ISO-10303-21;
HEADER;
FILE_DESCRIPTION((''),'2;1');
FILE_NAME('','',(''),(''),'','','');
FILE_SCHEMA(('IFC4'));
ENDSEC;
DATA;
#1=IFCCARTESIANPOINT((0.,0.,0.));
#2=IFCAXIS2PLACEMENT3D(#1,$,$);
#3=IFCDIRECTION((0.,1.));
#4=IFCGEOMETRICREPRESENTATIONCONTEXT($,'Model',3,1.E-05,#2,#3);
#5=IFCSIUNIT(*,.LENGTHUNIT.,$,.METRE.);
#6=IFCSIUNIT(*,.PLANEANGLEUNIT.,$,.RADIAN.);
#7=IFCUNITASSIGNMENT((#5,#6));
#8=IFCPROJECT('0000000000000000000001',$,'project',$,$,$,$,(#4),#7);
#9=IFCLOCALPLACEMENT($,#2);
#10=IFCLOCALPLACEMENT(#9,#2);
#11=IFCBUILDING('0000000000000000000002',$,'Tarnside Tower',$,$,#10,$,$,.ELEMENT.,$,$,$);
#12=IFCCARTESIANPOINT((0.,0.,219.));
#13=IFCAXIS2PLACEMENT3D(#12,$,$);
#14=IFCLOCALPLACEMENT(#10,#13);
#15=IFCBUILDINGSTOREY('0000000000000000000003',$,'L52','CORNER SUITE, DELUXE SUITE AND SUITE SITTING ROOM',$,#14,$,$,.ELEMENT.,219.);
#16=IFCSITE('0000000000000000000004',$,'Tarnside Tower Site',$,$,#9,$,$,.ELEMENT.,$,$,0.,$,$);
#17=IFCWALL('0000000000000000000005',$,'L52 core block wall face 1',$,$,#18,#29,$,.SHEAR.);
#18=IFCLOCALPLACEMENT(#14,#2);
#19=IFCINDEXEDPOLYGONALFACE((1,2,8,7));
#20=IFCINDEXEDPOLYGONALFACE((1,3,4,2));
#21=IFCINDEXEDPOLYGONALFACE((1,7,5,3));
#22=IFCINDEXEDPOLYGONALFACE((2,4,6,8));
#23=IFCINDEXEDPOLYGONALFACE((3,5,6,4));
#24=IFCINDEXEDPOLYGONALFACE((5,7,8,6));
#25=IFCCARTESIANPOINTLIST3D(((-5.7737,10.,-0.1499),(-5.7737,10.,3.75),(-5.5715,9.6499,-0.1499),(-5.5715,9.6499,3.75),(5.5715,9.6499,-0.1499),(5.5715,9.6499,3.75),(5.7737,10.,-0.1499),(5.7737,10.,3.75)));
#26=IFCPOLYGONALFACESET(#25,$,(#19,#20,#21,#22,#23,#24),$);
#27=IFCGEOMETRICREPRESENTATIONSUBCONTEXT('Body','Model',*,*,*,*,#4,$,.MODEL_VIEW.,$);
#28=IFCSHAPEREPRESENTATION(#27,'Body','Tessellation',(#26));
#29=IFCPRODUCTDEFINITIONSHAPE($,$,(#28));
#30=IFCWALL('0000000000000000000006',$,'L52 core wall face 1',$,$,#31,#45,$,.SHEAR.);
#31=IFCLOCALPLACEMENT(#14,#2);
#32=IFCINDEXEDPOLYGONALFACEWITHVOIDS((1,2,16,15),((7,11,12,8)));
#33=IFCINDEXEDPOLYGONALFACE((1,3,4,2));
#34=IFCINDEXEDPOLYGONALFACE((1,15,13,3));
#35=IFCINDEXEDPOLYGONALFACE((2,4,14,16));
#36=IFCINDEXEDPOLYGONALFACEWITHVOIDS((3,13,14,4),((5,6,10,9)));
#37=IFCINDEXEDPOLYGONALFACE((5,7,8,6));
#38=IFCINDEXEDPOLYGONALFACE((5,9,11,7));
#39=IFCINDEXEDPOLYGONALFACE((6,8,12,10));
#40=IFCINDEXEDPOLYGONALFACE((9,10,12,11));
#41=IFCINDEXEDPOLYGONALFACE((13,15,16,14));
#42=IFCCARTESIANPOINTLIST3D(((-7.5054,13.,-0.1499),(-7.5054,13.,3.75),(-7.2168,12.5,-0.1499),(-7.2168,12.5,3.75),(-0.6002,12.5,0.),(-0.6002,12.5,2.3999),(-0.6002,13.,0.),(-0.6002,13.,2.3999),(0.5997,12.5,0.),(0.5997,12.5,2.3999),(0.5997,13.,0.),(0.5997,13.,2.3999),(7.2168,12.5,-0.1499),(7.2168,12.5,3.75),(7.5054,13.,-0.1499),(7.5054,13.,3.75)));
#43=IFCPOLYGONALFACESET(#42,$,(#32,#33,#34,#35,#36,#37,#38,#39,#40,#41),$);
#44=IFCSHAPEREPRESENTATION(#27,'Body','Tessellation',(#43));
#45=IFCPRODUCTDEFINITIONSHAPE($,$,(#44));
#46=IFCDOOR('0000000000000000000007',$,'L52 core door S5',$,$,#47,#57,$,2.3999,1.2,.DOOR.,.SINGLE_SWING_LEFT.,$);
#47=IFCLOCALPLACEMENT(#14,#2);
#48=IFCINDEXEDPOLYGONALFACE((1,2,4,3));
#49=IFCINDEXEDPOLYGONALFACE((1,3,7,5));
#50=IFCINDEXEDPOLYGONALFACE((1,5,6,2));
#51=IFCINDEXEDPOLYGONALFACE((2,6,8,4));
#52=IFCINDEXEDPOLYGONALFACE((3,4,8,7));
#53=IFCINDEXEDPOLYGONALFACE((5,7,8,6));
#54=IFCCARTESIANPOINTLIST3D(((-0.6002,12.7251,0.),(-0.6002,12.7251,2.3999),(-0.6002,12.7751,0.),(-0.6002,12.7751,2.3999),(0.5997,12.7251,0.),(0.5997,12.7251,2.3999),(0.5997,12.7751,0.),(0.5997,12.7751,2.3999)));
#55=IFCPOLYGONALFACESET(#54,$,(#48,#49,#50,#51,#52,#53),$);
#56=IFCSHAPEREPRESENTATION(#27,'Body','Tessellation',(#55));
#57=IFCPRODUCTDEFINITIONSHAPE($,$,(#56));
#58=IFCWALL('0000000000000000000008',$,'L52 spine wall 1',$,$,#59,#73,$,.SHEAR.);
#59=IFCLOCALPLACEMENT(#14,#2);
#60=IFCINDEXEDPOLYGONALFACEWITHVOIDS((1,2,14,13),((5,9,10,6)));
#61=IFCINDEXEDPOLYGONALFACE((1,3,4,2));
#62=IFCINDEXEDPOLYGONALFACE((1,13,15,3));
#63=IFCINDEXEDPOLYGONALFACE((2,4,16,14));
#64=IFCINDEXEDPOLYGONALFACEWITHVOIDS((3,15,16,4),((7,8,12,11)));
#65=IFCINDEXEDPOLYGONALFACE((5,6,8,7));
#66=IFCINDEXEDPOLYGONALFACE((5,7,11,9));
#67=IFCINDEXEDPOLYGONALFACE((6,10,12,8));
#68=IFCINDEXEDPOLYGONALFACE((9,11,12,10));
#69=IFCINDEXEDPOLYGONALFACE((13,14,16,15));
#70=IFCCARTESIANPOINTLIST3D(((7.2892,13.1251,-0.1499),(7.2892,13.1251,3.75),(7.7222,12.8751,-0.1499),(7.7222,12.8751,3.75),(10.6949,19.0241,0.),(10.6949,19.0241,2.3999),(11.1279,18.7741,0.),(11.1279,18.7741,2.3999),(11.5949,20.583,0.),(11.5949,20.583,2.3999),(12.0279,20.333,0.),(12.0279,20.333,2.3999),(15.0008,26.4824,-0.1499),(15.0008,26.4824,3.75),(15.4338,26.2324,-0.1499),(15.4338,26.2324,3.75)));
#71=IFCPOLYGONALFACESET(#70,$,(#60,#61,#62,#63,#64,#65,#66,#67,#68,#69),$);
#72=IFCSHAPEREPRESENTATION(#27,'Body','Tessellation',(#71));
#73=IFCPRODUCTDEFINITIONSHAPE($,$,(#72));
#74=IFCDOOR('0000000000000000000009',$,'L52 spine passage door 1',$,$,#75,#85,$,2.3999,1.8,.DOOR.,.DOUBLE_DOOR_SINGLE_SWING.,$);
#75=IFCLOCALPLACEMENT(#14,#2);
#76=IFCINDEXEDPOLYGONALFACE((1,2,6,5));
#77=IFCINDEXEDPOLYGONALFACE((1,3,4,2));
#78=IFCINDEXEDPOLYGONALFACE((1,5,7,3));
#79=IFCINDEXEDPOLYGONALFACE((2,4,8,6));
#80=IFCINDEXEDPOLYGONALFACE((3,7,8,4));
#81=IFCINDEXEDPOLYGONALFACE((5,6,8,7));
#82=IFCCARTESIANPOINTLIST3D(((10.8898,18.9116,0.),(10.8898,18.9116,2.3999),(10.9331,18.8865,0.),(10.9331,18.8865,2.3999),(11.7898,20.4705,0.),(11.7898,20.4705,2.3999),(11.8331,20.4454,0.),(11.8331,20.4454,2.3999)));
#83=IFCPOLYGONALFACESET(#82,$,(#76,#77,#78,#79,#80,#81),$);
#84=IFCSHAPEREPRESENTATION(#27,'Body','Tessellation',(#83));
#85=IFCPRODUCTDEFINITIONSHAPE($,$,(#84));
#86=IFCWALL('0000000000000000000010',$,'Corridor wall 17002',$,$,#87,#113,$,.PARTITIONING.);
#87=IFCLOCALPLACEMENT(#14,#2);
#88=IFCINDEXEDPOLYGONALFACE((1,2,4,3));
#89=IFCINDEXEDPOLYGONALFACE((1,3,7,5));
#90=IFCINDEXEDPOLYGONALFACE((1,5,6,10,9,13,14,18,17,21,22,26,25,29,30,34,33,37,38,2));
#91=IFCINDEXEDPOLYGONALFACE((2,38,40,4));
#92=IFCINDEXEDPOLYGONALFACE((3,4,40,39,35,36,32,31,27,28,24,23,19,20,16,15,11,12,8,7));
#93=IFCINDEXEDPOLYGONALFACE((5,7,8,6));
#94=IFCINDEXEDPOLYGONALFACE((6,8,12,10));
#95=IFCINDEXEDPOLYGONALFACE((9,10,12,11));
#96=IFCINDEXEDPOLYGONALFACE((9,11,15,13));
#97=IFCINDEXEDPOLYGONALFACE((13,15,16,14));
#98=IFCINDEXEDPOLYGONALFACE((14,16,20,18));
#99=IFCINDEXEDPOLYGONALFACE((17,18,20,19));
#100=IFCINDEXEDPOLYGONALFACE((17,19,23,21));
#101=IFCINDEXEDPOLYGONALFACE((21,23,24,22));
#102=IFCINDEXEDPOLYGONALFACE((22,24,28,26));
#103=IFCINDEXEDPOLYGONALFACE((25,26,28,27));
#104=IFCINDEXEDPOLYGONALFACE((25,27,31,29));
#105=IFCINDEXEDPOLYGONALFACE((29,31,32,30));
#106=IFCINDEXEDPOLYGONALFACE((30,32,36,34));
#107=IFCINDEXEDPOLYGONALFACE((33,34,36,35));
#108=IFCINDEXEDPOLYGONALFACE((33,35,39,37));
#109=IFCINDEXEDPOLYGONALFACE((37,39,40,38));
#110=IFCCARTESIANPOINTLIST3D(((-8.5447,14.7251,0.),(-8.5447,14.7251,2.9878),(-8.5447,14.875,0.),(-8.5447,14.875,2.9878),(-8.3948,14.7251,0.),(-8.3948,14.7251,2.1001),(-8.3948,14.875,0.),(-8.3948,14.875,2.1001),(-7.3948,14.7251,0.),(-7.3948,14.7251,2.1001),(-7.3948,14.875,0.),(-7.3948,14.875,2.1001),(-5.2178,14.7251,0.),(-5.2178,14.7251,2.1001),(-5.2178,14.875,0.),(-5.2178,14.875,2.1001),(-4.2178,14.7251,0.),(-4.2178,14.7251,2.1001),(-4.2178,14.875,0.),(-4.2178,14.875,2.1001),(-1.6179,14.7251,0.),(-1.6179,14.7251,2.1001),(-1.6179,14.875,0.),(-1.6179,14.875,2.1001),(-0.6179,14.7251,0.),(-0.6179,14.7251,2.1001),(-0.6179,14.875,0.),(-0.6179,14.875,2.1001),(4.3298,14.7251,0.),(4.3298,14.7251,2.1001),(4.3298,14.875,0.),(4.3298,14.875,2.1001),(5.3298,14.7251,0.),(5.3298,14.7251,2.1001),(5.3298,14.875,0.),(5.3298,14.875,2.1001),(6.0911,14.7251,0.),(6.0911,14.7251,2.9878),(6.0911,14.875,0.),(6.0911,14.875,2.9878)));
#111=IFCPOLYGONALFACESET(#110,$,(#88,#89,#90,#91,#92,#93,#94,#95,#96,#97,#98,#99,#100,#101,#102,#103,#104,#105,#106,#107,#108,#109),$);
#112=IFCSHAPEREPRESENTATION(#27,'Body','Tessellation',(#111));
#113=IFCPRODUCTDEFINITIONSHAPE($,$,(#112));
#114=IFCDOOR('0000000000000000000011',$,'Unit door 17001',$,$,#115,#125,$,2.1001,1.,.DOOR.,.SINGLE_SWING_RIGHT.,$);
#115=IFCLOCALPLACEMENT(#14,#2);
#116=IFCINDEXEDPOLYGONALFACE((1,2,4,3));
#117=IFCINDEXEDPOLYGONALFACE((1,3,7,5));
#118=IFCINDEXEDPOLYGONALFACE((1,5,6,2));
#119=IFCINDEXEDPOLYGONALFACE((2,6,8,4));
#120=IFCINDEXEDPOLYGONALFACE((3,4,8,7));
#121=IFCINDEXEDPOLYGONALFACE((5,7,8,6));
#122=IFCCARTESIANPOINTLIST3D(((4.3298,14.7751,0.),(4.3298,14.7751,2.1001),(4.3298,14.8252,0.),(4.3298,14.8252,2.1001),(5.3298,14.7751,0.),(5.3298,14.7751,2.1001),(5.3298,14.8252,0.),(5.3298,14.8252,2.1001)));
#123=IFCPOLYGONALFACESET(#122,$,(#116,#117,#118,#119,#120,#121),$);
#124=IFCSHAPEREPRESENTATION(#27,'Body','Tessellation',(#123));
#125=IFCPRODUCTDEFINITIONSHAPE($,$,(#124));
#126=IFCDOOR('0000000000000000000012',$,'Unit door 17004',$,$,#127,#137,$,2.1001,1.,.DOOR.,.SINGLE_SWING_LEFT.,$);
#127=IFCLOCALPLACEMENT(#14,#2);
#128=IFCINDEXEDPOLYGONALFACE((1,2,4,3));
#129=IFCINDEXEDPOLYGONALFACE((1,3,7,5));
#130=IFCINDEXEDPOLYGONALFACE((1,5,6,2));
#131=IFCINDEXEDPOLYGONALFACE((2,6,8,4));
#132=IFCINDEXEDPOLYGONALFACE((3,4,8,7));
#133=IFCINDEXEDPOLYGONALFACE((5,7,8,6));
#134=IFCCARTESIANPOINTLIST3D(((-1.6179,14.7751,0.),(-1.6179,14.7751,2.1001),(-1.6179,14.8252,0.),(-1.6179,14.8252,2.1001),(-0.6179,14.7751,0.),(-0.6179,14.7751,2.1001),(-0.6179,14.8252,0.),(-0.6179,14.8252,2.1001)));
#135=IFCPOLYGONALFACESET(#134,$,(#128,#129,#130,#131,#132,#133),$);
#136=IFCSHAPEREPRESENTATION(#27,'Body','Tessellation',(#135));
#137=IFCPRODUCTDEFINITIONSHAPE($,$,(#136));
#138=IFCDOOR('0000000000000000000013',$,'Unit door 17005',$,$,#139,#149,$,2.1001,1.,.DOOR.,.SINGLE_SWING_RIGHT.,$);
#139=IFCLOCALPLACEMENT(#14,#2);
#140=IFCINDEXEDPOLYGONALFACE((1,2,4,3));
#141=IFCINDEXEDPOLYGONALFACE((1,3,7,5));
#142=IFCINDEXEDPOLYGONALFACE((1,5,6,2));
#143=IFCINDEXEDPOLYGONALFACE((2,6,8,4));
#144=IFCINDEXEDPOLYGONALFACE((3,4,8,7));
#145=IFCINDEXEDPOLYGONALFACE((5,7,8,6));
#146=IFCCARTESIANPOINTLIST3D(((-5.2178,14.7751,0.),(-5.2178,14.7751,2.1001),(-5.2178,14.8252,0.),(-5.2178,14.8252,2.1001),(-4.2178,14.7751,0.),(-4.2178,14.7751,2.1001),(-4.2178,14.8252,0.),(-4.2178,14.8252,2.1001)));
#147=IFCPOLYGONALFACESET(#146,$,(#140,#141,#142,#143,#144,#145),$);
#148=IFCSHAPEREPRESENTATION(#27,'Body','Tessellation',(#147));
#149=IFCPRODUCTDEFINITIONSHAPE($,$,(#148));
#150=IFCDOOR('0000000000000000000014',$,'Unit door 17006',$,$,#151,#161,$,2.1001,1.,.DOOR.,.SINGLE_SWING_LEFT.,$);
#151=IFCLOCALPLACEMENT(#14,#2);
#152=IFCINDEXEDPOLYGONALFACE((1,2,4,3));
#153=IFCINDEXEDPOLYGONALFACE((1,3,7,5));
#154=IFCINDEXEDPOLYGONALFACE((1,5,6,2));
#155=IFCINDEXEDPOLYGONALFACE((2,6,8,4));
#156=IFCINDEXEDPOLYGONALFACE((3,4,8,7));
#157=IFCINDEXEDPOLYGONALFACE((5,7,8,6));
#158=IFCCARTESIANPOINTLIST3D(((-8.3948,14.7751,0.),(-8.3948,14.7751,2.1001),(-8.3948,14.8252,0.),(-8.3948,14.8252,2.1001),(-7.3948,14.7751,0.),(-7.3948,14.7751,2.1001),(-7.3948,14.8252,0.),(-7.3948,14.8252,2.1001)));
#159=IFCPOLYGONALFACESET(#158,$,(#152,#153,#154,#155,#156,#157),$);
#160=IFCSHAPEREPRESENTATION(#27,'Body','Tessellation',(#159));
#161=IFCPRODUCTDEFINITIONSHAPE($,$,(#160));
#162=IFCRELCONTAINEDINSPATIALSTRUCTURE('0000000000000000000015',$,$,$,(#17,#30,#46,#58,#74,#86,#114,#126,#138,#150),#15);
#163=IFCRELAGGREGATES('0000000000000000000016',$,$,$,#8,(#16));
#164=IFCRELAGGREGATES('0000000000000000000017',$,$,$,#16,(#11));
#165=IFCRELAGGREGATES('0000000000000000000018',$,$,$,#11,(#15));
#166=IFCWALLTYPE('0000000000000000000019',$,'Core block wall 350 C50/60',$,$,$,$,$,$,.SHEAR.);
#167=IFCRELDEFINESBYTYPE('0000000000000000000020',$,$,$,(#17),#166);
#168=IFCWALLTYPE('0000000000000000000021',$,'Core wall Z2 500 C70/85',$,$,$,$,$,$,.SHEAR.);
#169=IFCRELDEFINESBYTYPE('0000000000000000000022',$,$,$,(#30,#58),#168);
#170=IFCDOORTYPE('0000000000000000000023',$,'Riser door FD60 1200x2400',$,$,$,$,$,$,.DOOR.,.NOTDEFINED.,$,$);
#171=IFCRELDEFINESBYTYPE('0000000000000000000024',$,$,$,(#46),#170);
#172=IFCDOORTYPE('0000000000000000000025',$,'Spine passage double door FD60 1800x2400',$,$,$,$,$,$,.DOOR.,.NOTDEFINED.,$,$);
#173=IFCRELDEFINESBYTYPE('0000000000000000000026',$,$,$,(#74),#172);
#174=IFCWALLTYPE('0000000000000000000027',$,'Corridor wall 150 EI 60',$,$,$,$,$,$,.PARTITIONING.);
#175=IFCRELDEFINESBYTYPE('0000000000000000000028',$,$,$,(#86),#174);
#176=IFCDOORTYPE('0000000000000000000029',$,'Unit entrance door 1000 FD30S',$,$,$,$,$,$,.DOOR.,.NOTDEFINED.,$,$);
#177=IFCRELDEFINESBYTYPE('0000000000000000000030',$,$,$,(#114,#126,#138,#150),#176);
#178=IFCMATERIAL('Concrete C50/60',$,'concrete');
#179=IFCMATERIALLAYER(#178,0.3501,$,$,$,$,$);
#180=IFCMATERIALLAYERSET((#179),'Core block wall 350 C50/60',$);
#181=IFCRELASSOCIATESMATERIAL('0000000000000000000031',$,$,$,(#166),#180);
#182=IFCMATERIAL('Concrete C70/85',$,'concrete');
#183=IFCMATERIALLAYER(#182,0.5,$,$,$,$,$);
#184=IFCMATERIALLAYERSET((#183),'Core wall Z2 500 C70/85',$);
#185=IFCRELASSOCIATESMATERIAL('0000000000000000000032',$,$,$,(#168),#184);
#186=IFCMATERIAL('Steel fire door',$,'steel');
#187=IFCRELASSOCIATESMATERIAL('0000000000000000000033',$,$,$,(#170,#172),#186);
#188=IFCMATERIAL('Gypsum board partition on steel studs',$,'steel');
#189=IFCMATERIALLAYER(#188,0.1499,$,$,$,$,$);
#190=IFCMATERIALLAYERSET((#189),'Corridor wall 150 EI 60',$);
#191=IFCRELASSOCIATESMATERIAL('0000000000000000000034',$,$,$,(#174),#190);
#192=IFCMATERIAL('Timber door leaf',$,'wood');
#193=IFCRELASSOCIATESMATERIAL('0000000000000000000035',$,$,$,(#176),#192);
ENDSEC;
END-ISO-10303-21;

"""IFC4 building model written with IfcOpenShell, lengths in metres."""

from ifc_helpers import new_model, si_unit, direction, frame, frame_2d, origin, place, context, subcontext, project, spatial, polyline, rectangle, outline, extrude, material, layer, layer_set, type_object, element, fill, save


model = new_model("IFC4")

# Units and contexts
model_context = context("Model", 3, precision=1e-05, world=origin(), true_north=direction((0.0, 1.0)))
body_context = subcontext(model_context, "Body", "Model", "MODEL_VIEW")
ifc_project = project(units=[si_unit("LENGTHUNIT", "METRE"), si_unit("PLANEANGLEUNIT", "RADIAN")], contexts=[model_context])

# Site, building, storey
site_placement = place(None, origin())
site = spatial("IfcSite", under=ifc_project, at=site_placement, Name="Tarnside Tower Site", CompositionType="ELEMENT", RefElevation=0.0)
building_placement = place(site_placement, origin())
building = spatial("IfcBuilding", under=site, at=building_placement, Name="Tarnside Tower", CompositionType="ELEMENT")
storey_placement = place(building_placement, frame((0.0, 0.0, 219.0)))
storey = spatial("IfcBuildingStorey", under=building, at=storey_placement, Name="L52", Description="CORNER SUITE, DELUXE SUITE AND SUITE SITTING ROOM", CompositionType="ELEMENT", Elevation=219.0)

# Wall
ifc_material_1 = material(Name="Concrete C50/60", Category="concrete")
ifc_layer_1 = layer(ifc_material_1, 0.3501)
ifc_layer_set_1 = layer_set([ifc_layer_1], Name="Core block wall 350 C50/60")
wall_type_1 = type_object("IfcWallType", Name="Core block wall 350 C50/60", PredefinedType="SHEAR", material=ifc_layer_set_1)
wall_1_placement = place(storey_placement, frame((5.6726, 9.825, -0.1499), z_axis=(0.0, 0.0, 1.0), x_axis=(-1.0, 0.0, 0.0)))
element("IfcWall", 1, at=wall_1_placement, inside=storey, type_object=wall_type_1, Name="L52 core block wall face 1", PredefinedType="SHEAR", context=body_context, shape_type="SweptSolid", body=[
    extrude(outline(polyline([(-0.1011, -0.175), (11.4463, -0.175), (11.2441, 0.175), (0.1011, 0.175), (-0.1011, -0.175)])), origin(), (0.0, 0.0, 1.0), 3.8999),
])

# Walls, openings, doors
ifc_material_2 = material(Name="Concrete C70/85", Category="concrete")
ifc_layer_2 = layer(ifc_material_2, 0.5)
ifc_layer_set_2 = layer_set([ifc_layer_2], Name="Core wall Z2 500 C70/85")
wall_type_2 = type_object("IfcWallType", Name="Core wall Z2 500 C70/85", PredefinedType="SHEAR", material=ifc_layer_set_2)
wall_2_placement = place(storey_placement, frame((7.3611, 12.75, -0.1499), z_axis=(0.0, 0.0, 1.0), x_axis=(-1.0, 0.0, 0.0)))
wall_2 = element("IfcWall", 2, at=wall_2_placement, inside=storey, type_object=wall_type_2, Name="L52 core wall face 1", PredefinedType="SHEAR", context=body_context, shape_type="SweptSolid", body=[
    extrude(outline(polyline([(-0.1443, -0.25), (14.8665, -0.25), (14.5779, 0.25), (0.1443, 0.25), (-0.1443, -0.25)])), origin(), (0.0, 0.0, 1.0), 3.8999),
])
opening_1_placement = place(wall_2_placement, frame((6.7612, 0.0, 0.1499)))
opening_1 = element("IfcOpeningElement", 3, at=opening_1_placement, cuts=wall_2, PredefinedType="OPENING", context=body_context, shape_type="SweptSolid", body=[
    extrude(rectangle(XDim=1.2, YDim=2.3999, at=frame_2d((0.6001, 1.2))), frame((0.0, 0.26, 0.0), z_axis=(0.0, -1.0, 0.0), x_axis=(1.0, 0.0, 0.0)), (0.0, 0.0, 1.0), 0.52),
])
ifc_material_3 = material(Name="Steel fire door", Category="steel")
door_type_1 = type_object("IfcDoorType", Name="Riser door FD60 1200x2400", OperationType="NOTDEFINED", PredefinedType="DOOR", material=ifc_material_3)
door_1_placement = place(opening_1_placement, origin())
door_1 = element("IfcDoor", 4, at=door_1_placement, inside=storey, type_object=door_type_1, Name="L52 core door S5", OperationType="SINGLE_SWING_LEFT", OverallHeight=2.3999, OverallWidth=1.2, PredefinedType="DOOR", context=body_context, shape_type="SweptSolid", body=[
    extrude(rectangle(XDim=1.2, YDim=2.3999, at=frame_2d((0.6001, 1.2))), frame((0.0, 0.0249, 0.0), z_axis=(0.0, -1.0, 0.0), x_axis=(1.0, 0.0, 0.0)), (0.0, 0.0, 1.0), 0.05),
])
fill(opening_1, door_1)
wall_3_placement = place(storey_placement, frame((7.5056, 13.0, -0.1499), z_axis=(0.0, 0.0, 1.0), x_axis=(0.499988, 0.866032, 0.0)))
wall_3 = element("IfcWall", 5, at=wall_3_placement, inside=storey, type_object=wall_type_2, Name="L52 spine wall 1", PredefinedType="SHEAR", context=body_context, shape_type="SweptSolid", body=[
    extrude(rectangle(XDim=15.4236, YDim=0.5, at=frame_2d((7.7119, 0.0))), origin(), (0.0, 0.0, 1.0), 3.8999),
])
opening_2_placement = place(wall_3_placement, frame((6.8118, 0.0, 0.1499)))
opening_2 = element("IfcOpeningElement", 6, at=opening_2_placement, cuts=wall_3, PredefinedType="OPENING", context=body_context, shape_type="SweptSolid", body=[
    extrude(rectangle(XDim=1.8, YDim=2.3999, at=frame_2d((0.8999, 1.2))), frame((0.0, 0.26, 0.0), z_axis=(0.0, -1.0, 0.0), x_axis=(1.0, 0.0, 0.0)), (0.0, 0.0, 1.0), 0.52),
])
door_type_2 = type_object("IfcDoorType", Name="Spine passage double door FD60 1800x2400", OperationType="NOTDEFINED", PredefinedType="DOOR", material=ifc_material_3)
door_2_placement = place(opening_2_placement, origin())
door_2 = element("IfcDoor", 7, at=door_2_placement, inside=storey, type_object=door_type_2, Name="L52 spine passage door 1", OperationType="DOUBLE_DOOR_SINGLE_SWING", OverallHeight=2.3999, OverallWidth=1.8, PredefinedType="DOOR", context=body_context, shape_type="SweptSolid", body=[
    extrude(rectangle(XDim=1.8, YDim=2.3999, at=frame_2d((0.8999, 1.2))), frame((0.0, 0.0249, 0.0), z_axis=(0.0, -1.0, 0.0), x_axis=(1.0, 0.0, 0.0)), (0.0, 0.0, 1.0), 0.05),
])
fill(opening_2, door_2)

# Wall, openings, doors
ifc_material_4 = material(Name="Gypsum board partition on steel studs", Category="steel")
ifc_layer_3 = layer(ifc_material_4, 0.1499)
ifc_layer_set_3 = layer_set([ifc_layer_3], Name="Corridor wall 150 EI 60")
wall_type_3 = type_object("IfcWallType", Name="Corridor wall 150 EI 60", PredefinedType="PARTITIONING", material=ifc_layer_set_3)
wall_4_placement = place(storey_placement, frame((6.0911, 14.8, 0.0), z_axis=(0.0, 0.0, 1.0), x_axis=(-1.0, 0.0, 0.0)))
wall_4 = element("IfcWall", 8, at=wall_4_placement, inside=storey, type_object=wall_type_3, Name="Corridor wall 17002", PredefinedType="PARTITIONING", context=body_context, shape_type="SweptSolid", body=[
    extrude(rectangle(XDim=14.6357, YDim=0.1499, at=frame_2d((7.3179, 0.0))), origin(), (0.0, 0.0, 1.0), 2.9878),
])
opening_3_placement = place(wall_4_placement, frame((0.7612, 0.0, 0.0)))
opening_3 = element("IfcOpeningElement", 9, at=opening_3_placement, cuts=wall_4, PredefinedType="OPENING", context=body_context, shape_type="SweptSolid", body=[
    extrude(rectangle(XDim=1.0, YDim=2.1001, at=frame_2d((0.5, 1.05))), frame((0.0, 0.085, 0.0), z_axis=(0.0, -1.0, 0.0), x_axis=(1.0, 0.0, 0.0)), (0.0, 0.0, 1.0), 0.1699),
])
opening_4_placement = place(wall_4_placement, frame((6.709, 0.0, 0.0)))
opening_4 = element("IfcOpeningElement", 10, at=opening_4_placement, cuts=wall_4, PredefinedType="OPENING", context=body_context, shape_type="SweptSolid", body=[
    extrude(rectangle(XDim=1.0, YDim=2.1001, at=frame_2d((0.5, 1.05))), frame((0.0, 0.085, 0.0), z_axis=(0.0, -1.0, 0.0), x_axis=(1.0, 0.0, 0.0)), (0.0, 0.0, 1.0), 0.1699),
])
opening_5_placement = place(wall_4_placement, frame((10.3088, 0.0, 0.0)))
opening_5 = element("IfcOpeningElement", 11, at=opening_5_placement, cuts=wall_4, PredefinedType="OPENING", context=body_context, shape_type="SweptSolid", body=[
    extrude(rectangle(XDim=1.0, YDim=2.1001, at=frame_2d((0.5, 1.05))), frame((0.0, 0.085, 0.0), z_axis=(0.0, -1.0, 0.0), x_axis=(1.0, 0.0, 0.0)), (0.0, 0.0, 1.0), 0.1699),
])
opening_6_placement = place(wall_4_placement, frame((13.4858, 0.0, 0.0)))
opening_6 = element("IfcOpeningElement", 12, at=opening_6_placement, cuts=wall_4, PredefinedType="OPENING", context=body_context, shape_type="SweptSolid", body=[
    extrude(rectangle(XDim=1.0, YDim=2.1001, at=frame_2d((0.5, 1.05))), frame((0.0, 0.085, 0.0), z_axis=(0.0, -1.0, 0.0), x_axis=(1.0, 0.0, 0.0)), (0.0, 0.0, 1.0), 0.1699),
])
ifc_material_5 = material(Name="Timber door leaf", Category="wood")
door_type_3 = type_object("IfcDoorType", Name="Unit entrance door 1000 FD30S", OperationType="NOTDEFINED", PredefinedType="DOOR", material=ifc_material_5)
door_3_placement = place(opening_3_placement, origin())
door_3 = element("IfcDoor", 13, at=door_3_placement, inside=storey, type_object=door_type_3, Name="Unit door 17001", OperationType="SINGLE_SWING_RIGHT", OverallHeight=2.1001, OverallWidth=1.0, PredefinedType="DOOR", context=body_context, shape_type="SweptSolid", body=[
    extrude(rectangle(XDim=1.0, YDim=2.1001, at=frame_2d((0.5, 1.05))), frame((0.0, 0.0249, 0.0), z_axis=(0.0, -1.0, 0.0), x_axis=(1.0, 0.0, 0.0)), (0.0, 0.0, 1.0), 0.05),
])
fill(opening_3, door_3)
door_4_placement = place(opening_4_placement, origin())
door_4 = element("IfcDoor", 14, at=door_4_placement, inside=storey, type_object=door_type_3, Name="Unit door 17004", OperationType="SINGLE_SWING_LEFT", OverallHeight=2.1001, OverallWidth=1.0, PredefinedType="DOOR", context=body_context, shape_type="SweptSolid", body=[
    extrude(rectangle(XDim=1.0, YDim=2.1001, at=frame_2d((0.5, 1.05))), frame((0.0, 0.0249, 0.0), z_axis=(0.0, -1.0, 0.0), x_axis=(1.0, 0.0, 0.0)), (0.0, 0.0, 1.0), 0.05),
])
fill(opening_4, door_4)
door_5_placement = place(opening_5_placement, origin())
door_5 = element("IfcDoor", 15, at=door_5_placement, inside=storey, type_object=door_type_3, Name="Unit door 17005", OperationType="SINGLE_SWING_RIGHT", OverallHeight=2.1001, OverallWidth=1.0, PredefinedType="DOOR", context=body_context, shape_type="SweptSolid", body=[
    extrude(rectangle(XDim=1.0, YDim=2.1001, at=frame_2d((0.5, 1.05))), frame((0.0, 0.0249, 0.0), z_axis=(0.0, -1.0, 0.0), x_axis=(1.0, 0.0, 0.0)), (0.0, 0.0, 1.0), 0.05),
])
fill(opening_5, door_5)
door_6_placement = place(opening_6_placement, origin())
door_6 = element("IfcDoor", 16, at=door_6_placement, inside=storey, type_object=door_type_3, Name="Unit door 17006", OperationType="SINGLE_SWING_LEFT", OverallHeight=2.1001, OverallWidth=1.0, PredefinedType="DOOR", context=body_context, shape_type="SweptSolid", body=[
    extrude(rectangle(XDim=1.0, YDim=2.1001, at=frame_2d((0.5, 1.05))), frame((0.0, 0.0249, 0.0), z_axis=(0.0, -1.0, 0.0), x_axis=(1.0, 0.0, 0.0)), (0.0, 0.0, 1.0), 0.05),
])
fill(opening_6, door_6)

save(model, "model.ifc")
